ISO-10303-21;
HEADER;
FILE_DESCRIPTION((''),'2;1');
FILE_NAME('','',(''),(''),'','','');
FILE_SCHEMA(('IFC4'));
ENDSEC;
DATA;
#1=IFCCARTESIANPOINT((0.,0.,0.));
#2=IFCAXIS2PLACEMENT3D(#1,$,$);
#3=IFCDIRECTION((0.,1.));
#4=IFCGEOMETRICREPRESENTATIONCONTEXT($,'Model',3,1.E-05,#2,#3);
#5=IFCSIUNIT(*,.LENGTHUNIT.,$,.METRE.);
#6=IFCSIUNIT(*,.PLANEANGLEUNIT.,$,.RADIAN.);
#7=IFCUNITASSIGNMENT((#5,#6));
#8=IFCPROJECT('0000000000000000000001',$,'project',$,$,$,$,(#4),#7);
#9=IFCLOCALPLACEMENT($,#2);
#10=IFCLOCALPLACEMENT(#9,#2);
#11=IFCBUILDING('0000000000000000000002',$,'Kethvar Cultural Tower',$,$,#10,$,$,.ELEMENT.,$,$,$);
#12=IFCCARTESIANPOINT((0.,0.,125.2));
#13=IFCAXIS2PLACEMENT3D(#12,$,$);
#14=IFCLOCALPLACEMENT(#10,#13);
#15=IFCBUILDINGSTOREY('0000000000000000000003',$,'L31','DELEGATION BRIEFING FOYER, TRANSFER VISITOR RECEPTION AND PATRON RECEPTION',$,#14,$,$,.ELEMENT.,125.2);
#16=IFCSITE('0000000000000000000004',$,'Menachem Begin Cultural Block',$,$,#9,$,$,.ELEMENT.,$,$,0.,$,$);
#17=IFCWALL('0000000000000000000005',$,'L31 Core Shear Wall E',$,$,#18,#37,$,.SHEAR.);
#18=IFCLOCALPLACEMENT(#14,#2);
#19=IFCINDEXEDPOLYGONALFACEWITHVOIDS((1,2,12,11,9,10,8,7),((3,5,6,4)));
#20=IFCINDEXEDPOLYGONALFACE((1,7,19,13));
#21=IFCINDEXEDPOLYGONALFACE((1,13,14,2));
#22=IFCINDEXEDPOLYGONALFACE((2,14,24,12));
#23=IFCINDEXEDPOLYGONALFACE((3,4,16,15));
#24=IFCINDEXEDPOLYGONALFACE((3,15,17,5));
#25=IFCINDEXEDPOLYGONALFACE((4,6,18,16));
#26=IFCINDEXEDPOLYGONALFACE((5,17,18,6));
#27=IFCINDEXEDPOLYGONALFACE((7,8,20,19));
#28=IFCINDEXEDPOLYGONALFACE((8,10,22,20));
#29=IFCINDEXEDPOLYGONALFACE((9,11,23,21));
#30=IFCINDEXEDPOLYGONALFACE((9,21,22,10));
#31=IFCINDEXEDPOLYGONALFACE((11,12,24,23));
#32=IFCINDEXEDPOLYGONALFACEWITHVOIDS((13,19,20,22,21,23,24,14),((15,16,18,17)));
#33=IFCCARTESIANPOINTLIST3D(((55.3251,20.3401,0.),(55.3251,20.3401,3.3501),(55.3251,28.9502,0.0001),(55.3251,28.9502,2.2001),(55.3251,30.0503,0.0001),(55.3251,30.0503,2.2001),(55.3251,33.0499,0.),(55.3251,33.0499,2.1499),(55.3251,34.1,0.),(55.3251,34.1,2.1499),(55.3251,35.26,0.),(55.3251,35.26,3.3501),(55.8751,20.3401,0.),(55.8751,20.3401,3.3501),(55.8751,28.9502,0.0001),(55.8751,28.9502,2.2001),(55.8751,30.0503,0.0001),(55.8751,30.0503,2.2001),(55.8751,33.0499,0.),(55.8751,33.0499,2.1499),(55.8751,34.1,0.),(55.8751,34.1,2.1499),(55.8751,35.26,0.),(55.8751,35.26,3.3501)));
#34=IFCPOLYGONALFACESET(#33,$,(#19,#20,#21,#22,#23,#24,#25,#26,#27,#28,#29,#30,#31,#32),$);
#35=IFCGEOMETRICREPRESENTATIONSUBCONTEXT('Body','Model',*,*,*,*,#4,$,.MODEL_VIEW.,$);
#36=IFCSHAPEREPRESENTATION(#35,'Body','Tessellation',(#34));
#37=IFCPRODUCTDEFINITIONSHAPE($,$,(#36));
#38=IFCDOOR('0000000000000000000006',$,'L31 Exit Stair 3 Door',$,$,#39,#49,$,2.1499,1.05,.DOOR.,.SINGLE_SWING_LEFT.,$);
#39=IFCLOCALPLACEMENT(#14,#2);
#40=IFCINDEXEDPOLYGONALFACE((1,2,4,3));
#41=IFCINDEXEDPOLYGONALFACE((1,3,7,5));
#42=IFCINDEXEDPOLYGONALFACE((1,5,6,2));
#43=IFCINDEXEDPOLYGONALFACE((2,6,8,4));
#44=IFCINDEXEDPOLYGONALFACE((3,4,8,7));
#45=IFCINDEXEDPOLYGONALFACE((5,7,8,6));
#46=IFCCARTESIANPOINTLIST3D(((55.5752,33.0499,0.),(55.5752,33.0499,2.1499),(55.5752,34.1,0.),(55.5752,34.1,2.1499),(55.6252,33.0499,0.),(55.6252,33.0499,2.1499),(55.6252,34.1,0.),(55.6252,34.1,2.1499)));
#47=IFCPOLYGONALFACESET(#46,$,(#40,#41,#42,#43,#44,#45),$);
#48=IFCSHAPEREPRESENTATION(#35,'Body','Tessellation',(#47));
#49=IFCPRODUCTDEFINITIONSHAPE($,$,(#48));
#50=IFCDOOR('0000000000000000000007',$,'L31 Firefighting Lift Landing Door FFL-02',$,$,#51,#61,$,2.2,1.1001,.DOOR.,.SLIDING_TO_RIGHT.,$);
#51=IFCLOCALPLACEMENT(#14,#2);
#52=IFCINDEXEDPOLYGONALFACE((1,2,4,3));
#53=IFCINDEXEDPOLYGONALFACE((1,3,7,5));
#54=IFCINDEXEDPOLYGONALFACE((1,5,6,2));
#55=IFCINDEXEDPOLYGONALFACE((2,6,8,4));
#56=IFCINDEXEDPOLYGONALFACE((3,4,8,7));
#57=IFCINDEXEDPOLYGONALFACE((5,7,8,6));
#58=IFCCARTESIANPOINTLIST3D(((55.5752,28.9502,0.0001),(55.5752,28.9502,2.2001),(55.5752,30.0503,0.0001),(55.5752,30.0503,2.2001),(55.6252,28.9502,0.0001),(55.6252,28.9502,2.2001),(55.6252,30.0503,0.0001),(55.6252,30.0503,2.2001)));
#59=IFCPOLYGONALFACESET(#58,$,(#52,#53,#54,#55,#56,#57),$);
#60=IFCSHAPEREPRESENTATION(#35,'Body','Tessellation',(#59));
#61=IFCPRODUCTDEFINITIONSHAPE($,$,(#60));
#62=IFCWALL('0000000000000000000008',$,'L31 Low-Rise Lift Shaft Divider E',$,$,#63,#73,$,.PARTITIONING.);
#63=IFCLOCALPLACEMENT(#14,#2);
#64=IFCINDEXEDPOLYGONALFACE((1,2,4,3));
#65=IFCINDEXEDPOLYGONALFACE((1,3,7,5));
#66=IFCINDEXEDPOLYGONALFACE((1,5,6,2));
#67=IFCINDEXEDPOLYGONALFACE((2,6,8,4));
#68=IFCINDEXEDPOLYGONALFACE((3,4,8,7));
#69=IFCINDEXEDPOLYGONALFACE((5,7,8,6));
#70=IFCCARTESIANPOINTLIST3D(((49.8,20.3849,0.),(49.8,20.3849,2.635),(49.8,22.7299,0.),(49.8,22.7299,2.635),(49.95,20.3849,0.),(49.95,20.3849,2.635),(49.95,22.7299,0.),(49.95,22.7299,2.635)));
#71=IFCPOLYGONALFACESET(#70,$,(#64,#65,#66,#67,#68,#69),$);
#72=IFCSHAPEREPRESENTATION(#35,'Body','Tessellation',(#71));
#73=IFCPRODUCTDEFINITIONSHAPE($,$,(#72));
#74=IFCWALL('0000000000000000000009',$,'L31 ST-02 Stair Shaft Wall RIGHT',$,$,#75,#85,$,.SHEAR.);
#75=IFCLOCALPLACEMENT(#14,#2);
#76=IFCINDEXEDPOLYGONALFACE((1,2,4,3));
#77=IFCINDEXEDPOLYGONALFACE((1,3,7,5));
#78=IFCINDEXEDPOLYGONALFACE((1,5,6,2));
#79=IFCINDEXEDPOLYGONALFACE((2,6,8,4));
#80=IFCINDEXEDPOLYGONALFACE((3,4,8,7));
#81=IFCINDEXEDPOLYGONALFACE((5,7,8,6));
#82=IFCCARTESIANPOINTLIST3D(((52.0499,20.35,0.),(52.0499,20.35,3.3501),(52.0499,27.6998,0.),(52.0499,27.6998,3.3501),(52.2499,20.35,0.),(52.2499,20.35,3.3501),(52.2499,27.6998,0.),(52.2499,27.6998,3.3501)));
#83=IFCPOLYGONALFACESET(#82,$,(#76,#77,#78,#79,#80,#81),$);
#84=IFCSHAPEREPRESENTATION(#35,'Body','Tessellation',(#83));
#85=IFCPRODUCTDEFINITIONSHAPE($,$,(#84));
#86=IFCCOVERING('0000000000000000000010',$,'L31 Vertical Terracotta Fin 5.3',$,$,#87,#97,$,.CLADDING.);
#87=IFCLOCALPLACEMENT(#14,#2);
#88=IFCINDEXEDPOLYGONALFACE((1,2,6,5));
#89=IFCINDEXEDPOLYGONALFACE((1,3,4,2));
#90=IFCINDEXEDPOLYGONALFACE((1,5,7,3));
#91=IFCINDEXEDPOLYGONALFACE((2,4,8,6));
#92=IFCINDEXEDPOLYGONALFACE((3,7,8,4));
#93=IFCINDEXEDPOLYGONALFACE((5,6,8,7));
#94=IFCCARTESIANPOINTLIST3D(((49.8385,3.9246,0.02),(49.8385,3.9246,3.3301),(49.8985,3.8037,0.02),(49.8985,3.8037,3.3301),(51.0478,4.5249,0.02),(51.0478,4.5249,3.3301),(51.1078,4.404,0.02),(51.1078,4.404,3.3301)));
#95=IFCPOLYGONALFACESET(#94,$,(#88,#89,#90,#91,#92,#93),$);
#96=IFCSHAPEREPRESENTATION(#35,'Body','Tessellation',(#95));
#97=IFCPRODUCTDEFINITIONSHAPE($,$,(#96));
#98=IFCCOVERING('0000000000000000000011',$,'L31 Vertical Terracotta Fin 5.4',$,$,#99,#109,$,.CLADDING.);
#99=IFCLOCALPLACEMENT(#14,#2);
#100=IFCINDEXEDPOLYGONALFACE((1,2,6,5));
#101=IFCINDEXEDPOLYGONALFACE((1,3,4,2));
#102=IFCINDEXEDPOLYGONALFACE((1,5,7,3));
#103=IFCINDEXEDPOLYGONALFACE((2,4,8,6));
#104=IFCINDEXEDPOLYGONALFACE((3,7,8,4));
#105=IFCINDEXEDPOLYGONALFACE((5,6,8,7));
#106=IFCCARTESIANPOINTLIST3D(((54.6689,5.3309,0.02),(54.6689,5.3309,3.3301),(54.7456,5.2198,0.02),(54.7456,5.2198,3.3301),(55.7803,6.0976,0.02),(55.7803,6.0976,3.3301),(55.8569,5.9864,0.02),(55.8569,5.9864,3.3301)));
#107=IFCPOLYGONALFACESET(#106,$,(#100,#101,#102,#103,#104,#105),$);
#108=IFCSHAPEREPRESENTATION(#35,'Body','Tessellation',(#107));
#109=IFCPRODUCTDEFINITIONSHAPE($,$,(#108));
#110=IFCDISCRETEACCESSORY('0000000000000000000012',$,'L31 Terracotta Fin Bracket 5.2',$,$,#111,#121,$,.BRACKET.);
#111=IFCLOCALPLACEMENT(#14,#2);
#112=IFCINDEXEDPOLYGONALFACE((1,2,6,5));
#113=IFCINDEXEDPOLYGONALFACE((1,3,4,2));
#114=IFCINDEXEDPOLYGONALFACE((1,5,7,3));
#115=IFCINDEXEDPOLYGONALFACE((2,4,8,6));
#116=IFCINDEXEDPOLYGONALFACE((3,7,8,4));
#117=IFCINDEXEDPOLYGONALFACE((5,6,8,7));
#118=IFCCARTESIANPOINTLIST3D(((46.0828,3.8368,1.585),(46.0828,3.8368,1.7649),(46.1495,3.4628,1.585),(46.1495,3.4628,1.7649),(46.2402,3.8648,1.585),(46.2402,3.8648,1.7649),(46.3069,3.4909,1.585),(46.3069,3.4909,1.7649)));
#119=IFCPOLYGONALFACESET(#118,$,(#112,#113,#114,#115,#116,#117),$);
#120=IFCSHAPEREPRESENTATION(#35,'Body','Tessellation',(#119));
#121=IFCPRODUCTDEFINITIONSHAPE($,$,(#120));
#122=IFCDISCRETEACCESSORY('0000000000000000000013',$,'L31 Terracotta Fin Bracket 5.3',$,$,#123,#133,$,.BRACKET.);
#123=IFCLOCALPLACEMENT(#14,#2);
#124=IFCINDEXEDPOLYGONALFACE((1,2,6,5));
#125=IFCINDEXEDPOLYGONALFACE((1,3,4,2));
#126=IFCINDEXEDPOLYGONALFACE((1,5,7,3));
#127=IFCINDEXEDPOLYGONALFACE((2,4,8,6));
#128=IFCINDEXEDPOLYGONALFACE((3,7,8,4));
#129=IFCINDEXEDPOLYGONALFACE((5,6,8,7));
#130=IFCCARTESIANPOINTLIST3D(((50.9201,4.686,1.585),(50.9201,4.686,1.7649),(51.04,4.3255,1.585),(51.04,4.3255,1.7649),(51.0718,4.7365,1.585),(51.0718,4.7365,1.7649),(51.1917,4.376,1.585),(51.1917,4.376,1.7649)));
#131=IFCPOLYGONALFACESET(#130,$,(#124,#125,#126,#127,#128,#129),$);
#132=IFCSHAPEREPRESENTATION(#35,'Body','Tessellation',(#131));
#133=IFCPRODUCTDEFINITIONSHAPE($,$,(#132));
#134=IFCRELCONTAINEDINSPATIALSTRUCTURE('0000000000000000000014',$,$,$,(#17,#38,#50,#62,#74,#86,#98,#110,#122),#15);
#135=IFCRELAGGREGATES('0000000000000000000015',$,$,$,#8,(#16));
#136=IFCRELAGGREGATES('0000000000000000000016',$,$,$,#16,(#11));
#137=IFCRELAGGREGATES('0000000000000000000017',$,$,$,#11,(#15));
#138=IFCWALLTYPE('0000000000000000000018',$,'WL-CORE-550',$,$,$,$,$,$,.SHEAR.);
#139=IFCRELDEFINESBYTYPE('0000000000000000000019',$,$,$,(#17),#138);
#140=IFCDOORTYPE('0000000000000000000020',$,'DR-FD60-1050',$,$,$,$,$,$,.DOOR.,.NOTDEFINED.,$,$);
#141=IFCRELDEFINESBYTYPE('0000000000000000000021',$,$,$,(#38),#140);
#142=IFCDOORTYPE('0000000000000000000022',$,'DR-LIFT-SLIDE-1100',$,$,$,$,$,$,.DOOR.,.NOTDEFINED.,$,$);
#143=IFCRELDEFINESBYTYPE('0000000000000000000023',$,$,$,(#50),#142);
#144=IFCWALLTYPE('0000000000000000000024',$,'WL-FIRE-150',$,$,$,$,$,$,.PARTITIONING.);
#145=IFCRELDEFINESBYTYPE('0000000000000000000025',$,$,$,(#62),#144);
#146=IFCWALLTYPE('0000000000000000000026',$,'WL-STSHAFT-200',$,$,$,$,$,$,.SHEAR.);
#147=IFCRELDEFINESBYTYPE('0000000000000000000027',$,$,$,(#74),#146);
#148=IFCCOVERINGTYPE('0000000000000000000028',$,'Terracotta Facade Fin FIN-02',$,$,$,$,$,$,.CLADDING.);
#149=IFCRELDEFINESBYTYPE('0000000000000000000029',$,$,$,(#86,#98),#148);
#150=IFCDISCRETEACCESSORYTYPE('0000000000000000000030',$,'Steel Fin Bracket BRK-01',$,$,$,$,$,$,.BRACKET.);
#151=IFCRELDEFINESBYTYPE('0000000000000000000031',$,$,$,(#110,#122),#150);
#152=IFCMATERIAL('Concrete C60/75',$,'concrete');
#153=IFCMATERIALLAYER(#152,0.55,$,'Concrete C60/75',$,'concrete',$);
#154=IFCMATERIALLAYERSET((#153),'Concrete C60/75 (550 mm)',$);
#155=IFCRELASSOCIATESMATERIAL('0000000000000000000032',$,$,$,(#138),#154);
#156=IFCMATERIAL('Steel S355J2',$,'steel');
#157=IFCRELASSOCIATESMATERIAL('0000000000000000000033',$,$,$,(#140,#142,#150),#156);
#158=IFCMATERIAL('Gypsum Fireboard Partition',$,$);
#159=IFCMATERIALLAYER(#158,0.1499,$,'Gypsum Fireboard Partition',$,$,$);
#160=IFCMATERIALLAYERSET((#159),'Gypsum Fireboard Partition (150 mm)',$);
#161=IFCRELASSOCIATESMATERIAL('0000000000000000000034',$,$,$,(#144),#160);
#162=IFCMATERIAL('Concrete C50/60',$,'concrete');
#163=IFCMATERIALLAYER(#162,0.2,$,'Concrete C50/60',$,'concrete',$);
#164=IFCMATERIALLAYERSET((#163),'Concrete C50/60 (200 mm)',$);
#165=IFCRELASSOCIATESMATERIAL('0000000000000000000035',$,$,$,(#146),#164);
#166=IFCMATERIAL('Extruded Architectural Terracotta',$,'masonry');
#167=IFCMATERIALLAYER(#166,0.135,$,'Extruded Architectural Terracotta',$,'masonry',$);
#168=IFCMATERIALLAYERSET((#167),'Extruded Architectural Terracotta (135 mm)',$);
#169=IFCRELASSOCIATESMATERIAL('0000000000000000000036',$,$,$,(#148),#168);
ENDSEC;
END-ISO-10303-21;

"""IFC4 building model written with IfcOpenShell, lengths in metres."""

from ifc_helpers import new_model, si_unit, direction, frame, frame_2d, origin, origin_2d, place, context, subcontext, project, spatial, rectangle, extrude, source, transform, mapped, material, layer, layer_set, type_object, element, fill, save


model = new_model("IFC4")

# Units and contexts
model_context = context("Model", 3, precision=1e-05, world=origin(), true_north=direction((0.0, 1.0)))
body_context = subcontext(model_context, "Body", "Model", "MODEL_VIEW")
ifc_project = project(units=[si_unit("LENGTHUNIT", "METRE"), si_unit("PLANEANGLEUNIT", "RADIAN")], contexts=[model_context])

# Site, building, storey
site_placement = place(None, origin())
site = spatial("IfcSite", under=ifc_project, at=site_placement, Name="Menachem Begin Cultural Block", CompositionType="ELEMENT", RefElevation=0.0)
building_placement = place(site_placement, origin())
building = spatial("IfcBuilding", under=site, at=building_placement, Name="Kethvar Cultural Tower", CompositionType="ELEMENT")
storey_placement = place(building_placement, frame((0.0, 0.0, 125.2)))
storey = spatial("IfcBuildingStorey", under=building, at=storey_placement, Name="L31", Description="DELEGATION BRIEFING FOYER, TRANSFER VISITOR RECEPTION AND PATRON RECEPTION", CompositionType="ELEMENT", Elevation=125.2)

# Shared definitions
ifc_material_1 = material(Name="Steel S355J2", Category="steel")

# Wall, openings, doors
ifc_material_2 = material(Name="Concrete C60/75", Category="concrete")
ifc_layer_1 = layer(ifc_material_2, 0.55, Name="Concrete C60/75", Category="concrete")
ifc_layer_set_1 = layer_set([ifc_layer_1], Name="Concrete C60/75 (550 mm)")
wall_type_1 = type_object("IfcWallType", Name="WL-CORE-550", PredefinedType="SHEAR", material=ifc_layer_set_1)
wall_1_placement = place(storey_placement, frame((55.6001, 20.3401, 0.0), z_axis=(0.0, 0.0, 1.0), x_axis=(0.0, 1.0, 0.0)))
wall_1 = element("IfcWall", 1, at=wall_1_placement, inside=storey, type_object=wall_type_1, Name="L31 Core Shear Wall E", PredefinedType="SHEAR", context=body_context, shape_type="SweptSolid", body=[
    extrude(rectangle(XDim=14.9199, YDim=0.55, at=frame_2d((7.46, 0.0))), origin(), (0.0, 0.0, 1.0), 3.3501),
])
opening_1_placement = place(wall_1_placement, frame((12.71, 0.0, 0.0)))
opening_1 = element("IfcOpeningElement", 2, at=opening_1_placement, cuts=wall_1, PredefinedType="OPENING", context=body_context, shape_type="SweptSolid", body=[
    extrude(rectangle(XDim=1.05, YDim=2.1499, at=frame_2d((0.5249, 1.075))), frame((0.0, 0.2849, 0.0), z_axis=(0.0, -1.0, 0.0), x_axis=(1.0, 0.0, 0.0)), (0.0, 0.0, 1.0), 0.5701),
])
opening_2_placement = place(wall_1_placement, frame((8.6101, 0.0, 0.0)))
opening_2 = element("IfcOpeningElement", 3, at=opening_2_placement, cuts=wall_1, PredefinedType="OPENING", context=body_context, shape_type="SweptSolid", body=[
    extrude(rectangle(XDim=1.1001, YDim=2.2, at=frame_2d((0.55, 1.1001))), frame((0.0, 0.2849, 0.0), z_axis=(0.0, -1.0, 0.0), x_axis=(1.0, 0.0, 0.0)), (0.0, 0.0, 1.0), 0.5701),
])
door_type_1 = type_object("IfcDoorType", Name="DR-FD60-1050", OperationType="NOTDEFINED", PredefinedType="DOOR", material=ifc_material_1)
shared_shape_1 = source(origin(), body_context, "Body", "SweptSolid", [
    extrude(rectangle(XDim=1.05, YDim=2.1499, at=frame_2d((0.5249, 1.075))), frame((0.0, 0.0249, 0.0), z_axis=(0.0, -1.0, 0.0), x_axis=(1.0, 0.0, 0.0)), (0.0, 0.0, 1.0), 0.05),
])
door_1_placement = place(opening_1_placement, origin())
door_1 = element("IfcDoor", 4, at=door_1_placement, inside=storey, type_object=door_type_1, Name="L31 Exit Stair 3 Door", OperationType="SINGLE_SWING_LEFT", OverallHeight=2.1499, OverallWidth=1.05, PredefinedType="DOOR", context=body_context, shape_type="MappedRepresentation", body=[
    mapped(shared_shape_1, transform((0.0, 0.0, 0.0), scale=1.0)),
])
fill(opening_1, door_1)
door_type_2 = type_object("IfcDoorType", Name="DR-LIFT-SLIDE-1100", OperationType="NOTDEFINED", PredefinedType="DOOR", material=ifc_material_1)
shared_shape_2 = source(origin(), body_context, "Body", "SweptSolid", [
    extrude(rectangle(XDim=1.1001, YDim=2.2, at=frame_2d((0.55, 1.1001))), frame((0.0, 0.0249, 0.0), z_axis=(0.0, -1.0, 0.0), x_axis=(1.0, 0.0, 0.0)), (0.0, 0.0, 1.0), 0.05),
])
door_2_placement = place(opening_2_placement, origin())
door_2 = element("IfcDoor", 5, at=door_2_placement, inside=storey, type_object=door_type_2, Name="L31 Firefighting Lift Landing Door FFL-02", OperationType="SLIDING_TO_RIGHT", OverallHeight=2.2, OverallWidth=1.1001, PredefinedType="DOOR", context=body_context, shape_type="MappedRepresentation", body=[
    mapped(shared_shape_2, transform((0.0, 0.0, 0.0), scale=1.0)),
])
fill(opening_2, door_2)

# Walls
ifc_material_3 = material(Name="Gypsum Fireboard Partition")
ifc_layer_2 = layer(ifc_material_3, 0.1499, Name="Gypsum Fireboard Partition")
ifc_layer_set_2 = layer_set([ifc_layer_2], Name="Gypsum Fireboard Partition (150 mm)")
wall_type_2 = type_object("IfcWallType", Name="WL-FIRE-150", PredefinedType="PARTITIONING", material=ifc_layer_set_2)
wall_2_placement = place(storey_placement, frame((49.875, 20.385, 0.0), z_axis=(0.0, 0.0, 1.0), x_axis=(0.0, 1.0, 0.0)))
element("IfcWall", 6, at=wall_2_placement, inside=storey, type_object=wall_type_2, Name="L31 Low-Rise Lift Shaft Divider E", PredefinedType="PARTITIONING", context=body_context, shape_type="SweptSolid", body=[
    extrude(rectangle(XDim=2.345, YDim=0.1499, at=frame_2d((1.1724, 0.0))), origin(), (0.0, 0.0, 1.0), 2.635),
])
ifc_material_4 = material(Name="Concrete C50/60", Category="concrete")
ifc_layer_3 = layer(ifc_material_4, 0.2, Name="Concrete C50/60", Category="concrete")
ifc_layer_set_3 = layer_set([ifc_layer_3], Name="Concrete C50/60 (200 mm)")
wall_type_3 = type_object("IfcWallType", Name="WL-STSHAFT-200", PredefinedType="SHEAR", material=ifc_layer_set_3)
wall_3_placement = place(storey_placement, frame((52.1499, 20.3501, 0.0), z_axis=(0.0, 0.0, 1.0), x_axis=(0.0, 1.0, 0.0)))
element("IfcWall", 7, at=wall_3_placement, inside=storey, type_object=wall_type_3, Name="L31 ST-02 Stair Shaft Wall RIGHT", PredefinedType="SHEAR", context=body_context, shape_type="SweptSolid", body=[
    extrude(rectangle(XDim=7.3499, YDim=0.2, at=frame_2d((3.6748, 0.0))), origin(), (0.0, 0.0, 1.0), 3.3501),
])

# Coverings
ifc_material_5 = material(Name="Extruded Architectural Terracotta", Category="masonry")
ifc_layer_4 = layer(ifc_material_5, 0.135, Name="Extruded Architectural Terracotta", Category="masonry")
ifc_layer_set_4 = layer_set([ifc_layer_4], Name="Extruded Architectural Terracotta (135 mm)")
covering_type = type_object("IfcCoveringType", Name="Terracotta Facade Fin FIN-02", PredefinedType="CLADDING", material=ifc_layer_set_4)
shared_shape_3 = source(origin(), body_context, "Body", "SweptSolid", [
    extrude(rectangle(XDim=1.3501, YDim=0.135, at=origin_2d()), origin(), (0.0, 0.0, 1.0), 3.3101),
])
for number, where, z_axis, x_axis, name in (
    (8, (50.4731, 4.1643, 0.02), (0.0, 0.0, 1.0), (-0.895712, -0.444635, 0.0), "L31 Vertical Terracotta Fin 5.3"),
    (9, (55.2629, 5.6587, 0.02), (0.0, 0.0, 1.0), (-0.823136, -0.567844, 0.0), "L31 Vertical Terracotta Fin 5.4"),
):
    element("IfcCovering", number, at=place(storey_placement, frame(where, z_axis=z_axis, x_axis=x_axis)), inside=storey, type_object=covering_type, Name=name, PredefinedType="CLADDING", context=body_context, shape_type="MappedRepresentation", body=[
        mapped(shared_shape_3, transform((0.0, 0.0, 0.0), scale=1.0)),
    ])

# Discrete accessories
discrete_accessory_type = type_object("IfcDiscreteAccessoryType", Name="Steel Fin Bracket BRK-01", PredefinedType="BRACKET", material=ifc_material_1)
shared_shape_4 = source(origin(), body_context, "Body", "SweptSolid", [
    extrude(rectangle(XDim=0.3799, YDim=0.1599, at=origin_2d()), origin(), (0.0, 0.0, 1.0), 0.1799),
])
for number, where, z_axis, x_axis, name in (
    (10, (46.1948, 3.6638, 1.585), (0.0, 0.0, 1.0), (0.175539, -0.984473, 0.0), "L31 Terracotta Fin Bracket 5.2"),
    (11, (51.0559, 4.531, 1.585), (0.0, 0.0, 1.0), (0.315649, -0.948876, 0.0), "L31 Terracotta Fin Bracket 5.3"),
):
    element("IfcDiscreteAccessory", number, at=place(storey_placement, frame(where, z_axis=z_axis, x_axis=x_axis)), inside=storey, type_object=discrete_accessory_type, Name=name, PredefinedType="BRACKET", context=body_context, shape_type="MappedRepresentation", body=[
        mapped(shared_shape_4, transform((0.0, 0.0, 0.0), scale=1.0)),
    ])

save(model, "model.ifc")
